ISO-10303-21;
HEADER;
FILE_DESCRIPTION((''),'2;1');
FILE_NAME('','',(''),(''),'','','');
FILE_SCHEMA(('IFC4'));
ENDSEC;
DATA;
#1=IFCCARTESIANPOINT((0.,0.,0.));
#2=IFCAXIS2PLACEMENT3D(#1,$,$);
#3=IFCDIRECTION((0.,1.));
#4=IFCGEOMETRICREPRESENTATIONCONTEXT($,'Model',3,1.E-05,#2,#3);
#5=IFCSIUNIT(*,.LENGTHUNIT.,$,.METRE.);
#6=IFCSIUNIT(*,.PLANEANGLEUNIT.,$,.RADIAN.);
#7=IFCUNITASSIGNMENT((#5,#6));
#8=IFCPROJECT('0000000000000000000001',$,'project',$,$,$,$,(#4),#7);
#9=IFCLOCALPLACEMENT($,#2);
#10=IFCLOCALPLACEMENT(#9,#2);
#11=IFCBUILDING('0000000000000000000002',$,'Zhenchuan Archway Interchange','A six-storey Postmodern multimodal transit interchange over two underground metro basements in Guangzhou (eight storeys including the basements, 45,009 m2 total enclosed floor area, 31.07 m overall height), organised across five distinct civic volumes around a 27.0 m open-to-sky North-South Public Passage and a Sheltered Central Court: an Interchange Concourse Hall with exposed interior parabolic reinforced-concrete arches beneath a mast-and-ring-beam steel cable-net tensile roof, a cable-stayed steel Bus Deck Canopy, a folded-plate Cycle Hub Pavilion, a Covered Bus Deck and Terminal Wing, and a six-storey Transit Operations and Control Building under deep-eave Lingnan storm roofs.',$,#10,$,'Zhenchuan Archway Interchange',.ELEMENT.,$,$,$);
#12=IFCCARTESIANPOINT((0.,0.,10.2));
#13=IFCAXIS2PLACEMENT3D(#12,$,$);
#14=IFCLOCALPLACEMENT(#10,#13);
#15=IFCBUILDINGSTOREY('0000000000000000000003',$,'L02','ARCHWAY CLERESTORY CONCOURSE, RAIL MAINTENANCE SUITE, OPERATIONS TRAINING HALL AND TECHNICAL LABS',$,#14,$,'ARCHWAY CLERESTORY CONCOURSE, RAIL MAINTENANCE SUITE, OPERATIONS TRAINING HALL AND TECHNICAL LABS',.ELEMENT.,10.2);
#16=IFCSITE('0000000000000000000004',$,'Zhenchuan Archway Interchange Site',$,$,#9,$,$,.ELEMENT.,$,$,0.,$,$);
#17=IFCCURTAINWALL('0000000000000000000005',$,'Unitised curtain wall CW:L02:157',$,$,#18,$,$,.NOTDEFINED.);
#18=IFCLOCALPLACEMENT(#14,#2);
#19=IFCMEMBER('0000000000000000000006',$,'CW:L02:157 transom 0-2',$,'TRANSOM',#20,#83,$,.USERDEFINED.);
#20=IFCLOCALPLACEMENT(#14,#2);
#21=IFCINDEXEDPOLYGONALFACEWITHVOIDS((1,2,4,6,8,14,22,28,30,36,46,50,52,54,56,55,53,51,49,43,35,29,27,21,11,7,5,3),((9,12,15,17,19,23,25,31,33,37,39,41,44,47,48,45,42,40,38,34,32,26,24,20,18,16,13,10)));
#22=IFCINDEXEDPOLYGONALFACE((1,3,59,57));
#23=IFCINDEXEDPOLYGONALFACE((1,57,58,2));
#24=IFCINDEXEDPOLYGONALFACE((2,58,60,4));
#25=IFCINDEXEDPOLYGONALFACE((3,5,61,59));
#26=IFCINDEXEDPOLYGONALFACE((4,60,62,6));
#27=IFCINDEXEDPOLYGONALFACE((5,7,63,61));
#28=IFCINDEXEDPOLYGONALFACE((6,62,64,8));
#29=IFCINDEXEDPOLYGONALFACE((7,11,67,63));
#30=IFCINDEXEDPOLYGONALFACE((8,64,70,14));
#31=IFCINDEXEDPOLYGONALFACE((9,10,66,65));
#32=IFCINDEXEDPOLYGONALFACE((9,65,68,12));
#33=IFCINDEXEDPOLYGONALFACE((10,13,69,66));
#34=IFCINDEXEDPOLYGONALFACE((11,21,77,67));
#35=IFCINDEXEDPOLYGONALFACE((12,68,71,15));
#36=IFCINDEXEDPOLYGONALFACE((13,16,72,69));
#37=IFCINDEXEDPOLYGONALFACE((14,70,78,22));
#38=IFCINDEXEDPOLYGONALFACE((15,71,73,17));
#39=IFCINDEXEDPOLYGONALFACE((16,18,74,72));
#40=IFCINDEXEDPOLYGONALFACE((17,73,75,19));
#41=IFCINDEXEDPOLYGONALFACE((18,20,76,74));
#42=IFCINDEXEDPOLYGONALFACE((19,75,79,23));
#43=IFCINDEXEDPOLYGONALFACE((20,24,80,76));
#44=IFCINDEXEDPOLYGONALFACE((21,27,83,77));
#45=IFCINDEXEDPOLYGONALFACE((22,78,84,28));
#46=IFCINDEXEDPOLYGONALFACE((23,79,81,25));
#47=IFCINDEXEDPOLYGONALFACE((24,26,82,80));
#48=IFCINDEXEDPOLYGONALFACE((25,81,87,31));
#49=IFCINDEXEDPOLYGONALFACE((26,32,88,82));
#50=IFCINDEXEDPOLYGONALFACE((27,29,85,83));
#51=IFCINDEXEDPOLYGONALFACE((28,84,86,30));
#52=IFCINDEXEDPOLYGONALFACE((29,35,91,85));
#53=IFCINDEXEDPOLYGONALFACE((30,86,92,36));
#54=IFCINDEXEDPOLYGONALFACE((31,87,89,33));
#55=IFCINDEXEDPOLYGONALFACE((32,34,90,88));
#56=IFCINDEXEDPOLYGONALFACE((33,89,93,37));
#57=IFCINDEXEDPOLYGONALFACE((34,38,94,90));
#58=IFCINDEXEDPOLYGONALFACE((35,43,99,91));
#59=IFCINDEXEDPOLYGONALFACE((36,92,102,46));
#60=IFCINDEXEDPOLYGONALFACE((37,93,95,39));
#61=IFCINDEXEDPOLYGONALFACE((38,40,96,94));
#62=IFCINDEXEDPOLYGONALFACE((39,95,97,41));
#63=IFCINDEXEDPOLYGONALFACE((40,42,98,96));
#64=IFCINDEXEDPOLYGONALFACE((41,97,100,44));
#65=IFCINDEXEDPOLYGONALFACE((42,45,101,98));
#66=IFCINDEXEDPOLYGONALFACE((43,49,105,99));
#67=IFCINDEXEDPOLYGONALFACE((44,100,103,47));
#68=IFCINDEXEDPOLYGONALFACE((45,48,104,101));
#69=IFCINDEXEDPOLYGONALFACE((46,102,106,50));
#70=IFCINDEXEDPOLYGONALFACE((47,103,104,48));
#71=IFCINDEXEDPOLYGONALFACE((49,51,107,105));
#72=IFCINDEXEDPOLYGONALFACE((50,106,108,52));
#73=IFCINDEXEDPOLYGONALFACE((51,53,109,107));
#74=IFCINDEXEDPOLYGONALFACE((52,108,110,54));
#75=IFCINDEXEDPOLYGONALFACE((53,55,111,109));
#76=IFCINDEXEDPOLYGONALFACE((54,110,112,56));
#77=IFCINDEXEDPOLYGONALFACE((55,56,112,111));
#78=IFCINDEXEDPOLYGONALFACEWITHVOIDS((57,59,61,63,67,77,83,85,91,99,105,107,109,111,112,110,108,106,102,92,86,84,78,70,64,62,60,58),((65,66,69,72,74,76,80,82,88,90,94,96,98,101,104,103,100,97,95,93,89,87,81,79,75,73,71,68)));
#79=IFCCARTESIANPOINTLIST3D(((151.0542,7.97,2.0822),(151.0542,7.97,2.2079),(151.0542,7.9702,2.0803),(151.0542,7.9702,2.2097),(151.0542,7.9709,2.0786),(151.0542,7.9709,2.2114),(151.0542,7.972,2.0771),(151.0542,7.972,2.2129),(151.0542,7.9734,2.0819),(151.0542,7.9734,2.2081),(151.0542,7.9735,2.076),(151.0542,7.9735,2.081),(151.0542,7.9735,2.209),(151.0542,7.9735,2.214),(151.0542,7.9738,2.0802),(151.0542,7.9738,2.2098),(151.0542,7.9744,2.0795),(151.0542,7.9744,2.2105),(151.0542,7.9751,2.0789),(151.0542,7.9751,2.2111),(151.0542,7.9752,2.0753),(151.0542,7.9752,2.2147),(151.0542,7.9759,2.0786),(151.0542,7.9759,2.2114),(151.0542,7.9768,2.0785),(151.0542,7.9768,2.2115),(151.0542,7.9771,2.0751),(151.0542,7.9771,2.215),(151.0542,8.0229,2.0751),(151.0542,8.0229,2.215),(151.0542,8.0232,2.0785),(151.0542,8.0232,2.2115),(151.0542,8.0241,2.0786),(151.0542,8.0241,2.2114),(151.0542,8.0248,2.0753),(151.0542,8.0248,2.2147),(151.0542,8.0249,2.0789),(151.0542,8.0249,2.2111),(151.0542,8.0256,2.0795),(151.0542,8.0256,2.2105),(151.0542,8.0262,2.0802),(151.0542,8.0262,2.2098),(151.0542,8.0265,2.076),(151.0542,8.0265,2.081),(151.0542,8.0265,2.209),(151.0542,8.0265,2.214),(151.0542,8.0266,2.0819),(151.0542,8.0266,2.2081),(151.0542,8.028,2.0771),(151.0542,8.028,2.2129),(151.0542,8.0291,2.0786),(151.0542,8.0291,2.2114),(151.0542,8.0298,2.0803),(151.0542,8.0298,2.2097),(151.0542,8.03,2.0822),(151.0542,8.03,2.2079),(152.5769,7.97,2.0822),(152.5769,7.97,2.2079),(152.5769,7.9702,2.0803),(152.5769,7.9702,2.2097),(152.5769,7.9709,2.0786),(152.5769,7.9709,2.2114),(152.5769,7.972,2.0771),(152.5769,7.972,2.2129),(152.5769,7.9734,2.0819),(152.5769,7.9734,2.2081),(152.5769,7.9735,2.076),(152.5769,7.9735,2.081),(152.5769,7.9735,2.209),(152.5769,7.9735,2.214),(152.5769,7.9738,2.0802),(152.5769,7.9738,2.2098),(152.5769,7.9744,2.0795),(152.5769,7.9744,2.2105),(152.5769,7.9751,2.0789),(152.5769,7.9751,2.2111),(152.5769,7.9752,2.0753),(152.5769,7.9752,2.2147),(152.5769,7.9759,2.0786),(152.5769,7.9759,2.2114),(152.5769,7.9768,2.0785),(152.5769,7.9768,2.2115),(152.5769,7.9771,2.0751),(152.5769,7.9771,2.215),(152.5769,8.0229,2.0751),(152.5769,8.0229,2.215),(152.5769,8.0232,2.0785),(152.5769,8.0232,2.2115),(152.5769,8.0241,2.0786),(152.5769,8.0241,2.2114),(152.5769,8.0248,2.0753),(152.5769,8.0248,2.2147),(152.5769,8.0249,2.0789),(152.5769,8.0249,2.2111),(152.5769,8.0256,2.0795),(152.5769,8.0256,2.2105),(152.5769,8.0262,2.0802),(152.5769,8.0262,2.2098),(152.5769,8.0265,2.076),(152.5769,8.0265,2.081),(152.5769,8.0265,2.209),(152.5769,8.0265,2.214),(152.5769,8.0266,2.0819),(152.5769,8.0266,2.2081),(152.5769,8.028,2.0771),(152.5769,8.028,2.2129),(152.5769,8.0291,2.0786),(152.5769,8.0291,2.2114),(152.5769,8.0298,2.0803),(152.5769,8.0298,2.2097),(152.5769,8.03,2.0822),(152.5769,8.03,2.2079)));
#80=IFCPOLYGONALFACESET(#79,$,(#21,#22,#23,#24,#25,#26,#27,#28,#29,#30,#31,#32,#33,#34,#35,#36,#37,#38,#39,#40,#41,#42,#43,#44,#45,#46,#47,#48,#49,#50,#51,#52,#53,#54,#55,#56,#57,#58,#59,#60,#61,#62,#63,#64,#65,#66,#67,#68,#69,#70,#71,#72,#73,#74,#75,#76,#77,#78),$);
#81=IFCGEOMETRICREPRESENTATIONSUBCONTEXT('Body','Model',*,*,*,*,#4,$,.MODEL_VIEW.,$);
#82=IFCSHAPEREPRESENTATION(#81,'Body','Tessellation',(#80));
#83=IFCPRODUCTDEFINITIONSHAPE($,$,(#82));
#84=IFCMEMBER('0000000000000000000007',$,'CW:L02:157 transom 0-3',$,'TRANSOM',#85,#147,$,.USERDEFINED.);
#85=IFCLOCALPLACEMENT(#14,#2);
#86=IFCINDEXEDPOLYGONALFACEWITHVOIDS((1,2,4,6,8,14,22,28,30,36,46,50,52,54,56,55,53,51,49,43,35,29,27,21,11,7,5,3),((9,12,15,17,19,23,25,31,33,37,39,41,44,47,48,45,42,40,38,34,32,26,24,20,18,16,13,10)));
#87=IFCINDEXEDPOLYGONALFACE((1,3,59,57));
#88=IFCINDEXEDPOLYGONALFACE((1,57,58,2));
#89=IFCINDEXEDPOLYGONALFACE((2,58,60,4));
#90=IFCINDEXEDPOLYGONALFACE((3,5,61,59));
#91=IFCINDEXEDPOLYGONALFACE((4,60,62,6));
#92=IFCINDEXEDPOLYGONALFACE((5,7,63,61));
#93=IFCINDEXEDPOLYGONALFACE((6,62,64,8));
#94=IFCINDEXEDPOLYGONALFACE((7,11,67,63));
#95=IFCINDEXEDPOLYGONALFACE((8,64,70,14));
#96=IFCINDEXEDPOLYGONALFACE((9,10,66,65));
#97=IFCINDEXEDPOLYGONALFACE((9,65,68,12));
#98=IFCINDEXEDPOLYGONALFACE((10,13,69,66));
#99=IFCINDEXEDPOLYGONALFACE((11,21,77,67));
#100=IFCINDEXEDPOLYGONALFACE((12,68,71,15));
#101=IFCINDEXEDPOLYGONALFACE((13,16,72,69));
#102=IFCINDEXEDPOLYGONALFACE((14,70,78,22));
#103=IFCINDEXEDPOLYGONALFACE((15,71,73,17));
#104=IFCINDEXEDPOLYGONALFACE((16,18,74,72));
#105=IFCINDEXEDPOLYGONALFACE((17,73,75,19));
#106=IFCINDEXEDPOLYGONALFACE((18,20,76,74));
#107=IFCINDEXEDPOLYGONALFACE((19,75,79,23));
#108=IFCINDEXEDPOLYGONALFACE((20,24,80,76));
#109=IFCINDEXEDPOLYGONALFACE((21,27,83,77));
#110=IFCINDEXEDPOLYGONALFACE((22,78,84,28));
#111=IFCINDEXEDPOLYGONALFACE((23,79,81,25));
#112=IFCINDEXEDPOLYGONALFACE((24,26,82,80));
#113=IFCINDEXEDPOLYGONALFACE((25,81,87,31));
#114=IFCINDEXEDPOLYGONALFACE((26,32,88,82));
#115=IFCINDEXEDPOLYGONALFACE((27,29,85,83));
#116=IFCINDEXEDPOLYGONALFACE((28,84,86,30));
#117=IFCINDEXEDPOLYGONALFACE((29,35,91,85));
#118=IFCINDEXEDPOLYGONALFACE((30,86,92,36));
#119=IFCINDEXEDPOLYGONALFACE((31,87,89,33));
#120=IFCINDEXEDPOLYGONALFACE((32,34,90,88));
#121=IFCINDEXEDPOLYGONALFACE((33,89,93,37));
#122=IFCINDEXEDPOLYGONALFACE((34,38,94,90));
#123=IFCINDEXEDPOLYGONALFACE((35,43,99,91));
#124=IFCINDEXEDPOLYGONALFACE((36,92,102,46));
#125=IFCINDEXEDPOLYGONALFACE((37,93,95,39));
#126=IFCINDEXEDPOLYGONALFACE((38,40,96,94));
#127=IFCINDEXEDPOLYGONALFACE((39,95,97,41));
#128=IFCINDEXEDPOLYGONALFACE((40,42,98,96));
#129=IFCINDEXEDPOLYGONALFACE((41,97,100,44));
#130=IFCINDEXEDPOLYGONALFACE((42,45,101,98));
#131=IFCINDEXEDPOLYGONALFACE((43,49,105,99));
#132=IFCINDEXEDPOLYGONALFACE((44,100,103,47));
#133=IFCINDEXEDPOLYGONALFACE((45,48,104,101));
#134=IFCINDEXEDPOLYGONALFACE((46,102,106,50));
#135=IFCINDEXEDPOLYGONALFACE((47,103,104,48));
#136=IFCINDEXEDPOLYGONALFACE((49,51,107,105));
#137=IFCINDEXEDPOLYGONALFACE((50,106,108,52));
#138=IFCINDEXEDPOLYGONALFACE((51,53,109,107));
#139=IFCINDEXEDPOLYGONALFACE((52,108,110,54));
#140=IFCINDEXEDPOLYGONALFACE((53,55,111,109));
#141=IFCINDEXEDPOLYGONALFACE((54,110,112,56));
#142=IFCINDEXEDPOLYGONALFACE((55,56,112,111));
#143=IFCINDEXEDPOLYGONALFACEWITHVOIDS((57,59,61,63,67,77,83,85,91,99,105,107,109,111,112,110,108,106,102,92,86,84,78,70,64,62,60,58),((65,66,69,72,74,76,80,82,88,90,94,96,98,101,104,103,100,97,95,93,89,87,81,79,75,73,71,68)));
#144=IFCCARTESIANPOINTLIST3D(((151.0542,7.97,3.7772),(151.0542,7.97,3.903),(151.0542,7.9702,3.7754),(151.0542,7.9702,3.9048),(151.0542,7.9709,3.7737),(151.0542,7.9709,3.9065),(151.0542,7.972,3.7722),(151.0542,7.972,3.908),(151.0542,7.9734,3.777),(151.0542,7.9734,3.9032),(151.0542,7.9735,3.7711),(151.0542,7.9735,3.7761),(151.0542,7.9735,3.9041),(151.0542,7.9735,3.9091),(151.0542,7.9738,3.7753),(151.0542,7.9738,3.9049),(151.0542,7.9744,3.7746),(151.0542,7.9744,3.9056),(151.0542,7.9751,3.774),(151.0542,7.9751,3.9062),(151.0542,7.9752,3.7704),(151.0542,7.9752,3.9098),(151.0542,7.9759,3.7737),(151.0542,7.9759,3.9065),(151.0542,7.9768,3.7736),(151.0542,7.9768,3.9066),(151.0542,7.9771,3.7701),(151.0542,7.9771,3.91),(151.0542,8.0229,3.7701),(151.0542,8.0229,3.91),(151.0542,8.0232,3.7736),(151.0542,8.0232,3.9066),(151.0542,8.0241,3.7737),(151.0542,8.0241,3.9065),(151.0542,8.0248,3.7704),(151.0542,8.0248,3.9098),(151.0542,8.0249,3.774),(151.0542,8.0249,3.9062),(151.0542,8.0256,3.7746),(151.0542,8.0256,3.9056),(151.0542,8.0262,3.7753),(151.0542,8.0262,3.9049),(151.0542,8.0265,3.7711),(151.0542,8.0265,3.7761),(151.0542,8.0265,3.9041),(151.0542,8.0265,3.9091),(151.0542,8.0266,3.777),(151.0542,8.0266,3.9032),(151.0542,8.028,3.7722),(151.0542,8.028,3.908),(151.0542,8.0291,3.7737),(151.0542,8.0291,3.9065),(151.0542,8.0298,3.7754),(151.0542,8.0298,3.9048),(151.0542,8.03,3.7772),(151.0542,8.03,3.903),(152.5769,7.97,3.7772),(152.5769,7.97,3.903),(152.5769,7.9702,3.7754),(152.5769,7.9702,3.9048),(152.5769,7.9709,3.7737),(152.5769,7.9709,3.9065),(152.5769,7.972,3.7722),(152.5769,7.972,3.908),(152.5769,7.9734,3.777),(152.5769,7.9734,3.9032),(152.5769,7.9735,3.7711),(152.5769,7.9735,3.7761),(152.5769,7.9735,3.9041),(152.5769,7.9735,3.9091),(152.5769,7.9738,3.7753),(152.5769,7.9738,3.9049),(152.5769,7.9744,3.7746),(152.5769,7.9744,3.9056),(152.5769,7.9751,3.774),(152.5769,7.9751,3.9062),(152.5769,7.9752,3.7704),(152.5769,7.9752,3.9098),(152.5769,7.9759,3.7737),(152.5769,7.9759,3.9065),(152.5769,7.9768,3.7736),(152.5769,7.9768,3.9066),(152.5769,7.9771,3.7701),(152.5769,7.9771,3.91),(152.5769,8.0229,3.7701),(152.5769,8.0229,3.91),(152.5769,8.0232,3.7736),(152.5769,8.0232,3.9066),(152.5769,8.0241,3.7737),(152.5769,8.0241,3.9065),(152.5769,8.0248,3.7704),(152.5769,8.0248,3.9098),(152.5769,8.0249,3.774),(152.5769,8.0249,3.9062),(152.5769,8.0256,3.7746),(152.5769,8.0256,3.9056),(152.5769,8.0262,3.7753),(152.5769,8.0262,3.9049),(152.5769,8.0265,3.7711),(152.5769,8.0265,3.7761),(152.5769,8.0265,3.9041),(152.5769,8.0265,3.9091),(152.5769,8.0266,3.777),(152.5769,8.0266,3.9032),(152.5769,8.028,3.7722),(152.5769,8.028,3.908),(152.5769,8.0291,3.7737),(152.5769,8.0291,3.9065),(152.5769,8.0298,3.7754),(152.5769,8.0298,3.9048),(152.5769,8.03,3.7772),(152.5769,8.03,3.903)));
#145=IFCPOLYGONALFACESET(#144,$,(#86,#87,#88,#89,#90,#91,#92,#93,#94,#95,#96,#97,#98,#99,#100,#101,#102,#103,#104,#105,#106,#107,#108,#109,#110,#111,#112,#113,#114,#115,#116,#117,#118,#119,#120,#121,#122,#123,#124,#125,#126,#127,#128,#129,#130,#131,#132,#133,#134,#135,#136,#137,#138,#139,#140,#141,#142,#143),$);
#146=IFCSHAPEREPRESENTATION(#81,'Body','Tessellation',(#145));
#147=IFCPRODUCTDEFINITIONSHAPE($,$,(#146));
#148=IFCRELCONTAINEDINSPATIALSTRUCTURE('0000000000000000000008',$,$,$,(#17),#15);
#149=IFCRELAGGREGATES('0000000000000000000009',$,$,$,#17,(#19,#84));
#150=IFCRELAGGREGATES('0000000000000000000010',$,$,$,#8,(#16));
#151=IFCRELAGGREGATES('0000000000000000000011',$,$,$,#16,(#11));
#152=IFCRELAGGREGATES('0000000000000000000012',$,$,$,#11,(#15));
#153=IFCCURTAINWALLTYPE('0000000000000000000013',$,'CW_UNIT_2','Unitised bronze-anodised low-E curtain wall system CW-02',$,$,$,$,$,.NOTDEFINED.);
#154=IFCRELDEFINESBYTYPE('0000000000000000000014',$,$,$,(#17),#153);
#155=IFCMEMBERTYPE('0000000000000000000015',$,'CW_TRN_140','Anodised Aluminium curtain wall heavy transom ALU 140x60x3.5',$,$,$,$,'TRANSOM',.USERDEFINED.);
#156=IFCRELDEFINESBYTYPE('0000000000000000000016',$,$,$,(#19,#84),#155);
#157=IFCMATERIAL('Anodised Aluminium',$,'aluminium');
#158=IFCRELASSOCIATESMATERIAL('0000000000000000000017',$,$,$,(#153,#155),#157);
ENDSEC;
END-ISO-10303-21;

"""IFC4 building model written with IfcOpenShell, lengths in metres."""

from ifc_helpers import new_model, si_unit, direction, frame, origin, origin_2d, place, context, subcontext, project, spatial, hollow_rectangle, extrude, material, material_profile, profile_set, type_object, element, aggregate, save


model = new_model("IFC4")

# Units and contexts
model_context = context("Model", 3, precision=1e-05, world=origin(), true_north=direction((0.0, 1.0)))
body_context = subcontext(model_context, "Body", "Model", "MODEL_VIEW")
ifc_project = project(units=[si_unit("LENGTHUNIT", "METRE"), si_unit("PLANEANGLEUNIT", "RADIAN")], contexts=[model_context])

# Site, building, storey
site_placement = place(None, origin())
site = spatial("IfcSite", under=ifc_project, at=site_placement, Name="Zhenchuan Archway Interchange Site", CompositionType="ELEMENT", RefElevation=0.0)
building_placement = place(site_placement, origin())
building = spatial("IfcBuilding", under=site, at=building_placement, Name="Zhenchuan Archway Interchange", Description="A six-storey Postmodern multimodal transit interchange over two underground metro basements in Guangzhou (eight storeys including the basements, 45,009 m2 total enclosed floor area, 31.07 m overall height), organised across five distinct civic volumes around a 27.0 m open-to-sky North-South Public Passage and a Sheltered Central Court: an Interchange Concourse Hall with exposed interior parabolic reinforced-concrete arches beneath a mast-and-ring-beam steel cable-net tensile roof, a cable-stayed steel Bus Deck Canopy, a folded-plate Cycle Hub Pavilion, a Covered Bus Deck and Terminal Wing, and a six-storey Transit Operations and Control Building under deep-eave Lingnan storm roofs.", LongName="Zhenchuan Archway Interchange", CompositionType="ELEMENT")
storey_placement = place(building_placement, frame((0.0, 0.0, 10.2)))
storey = spatial("IfcBuildingStorey", under=building, at=storey_placement, Name="L02", Description="ARCHWAY CLERESTORY CONCOURSE, RAIL MAINTENANCE SUITE, OPERATIONS TRAINING HALL AND TECHNICAL LABS", LongName="ARCHWAY CLERESTORY CONCOURSE, RAIL MAINTENANCE SUITE, OPERATIONS TRAINING HALL AND TECHNICAL LABS", CompositionType="ELEMENT", Elevation=10.2)

# Curtain wall, members
ifc_material_1 = material(Name="Anodised Aluminium", Category="aluminium")
curtain_wall_type = type_object("IfcCurtainWallType", Name="CW_UNIT_2", Description="Unitised bronze-anodised low-E curtain wall system CW-02", PredefinedType="NOTDEFINED", material=ifc_material_1)
curtain_wall_placement = place(storey_placement, origin())
curtain_wall = element("IfcCurtainWall", 1, at=curtain_wall_placement, inside=storey, type_object=curtain_wall_type, Name="Unitised curtain wall CW:L02:157", PredefinedType="NOTDEFINED")
ifc_material_profile_1 = material_profile(ifc_material_1, hollow_rectangle(XDim=0.0601, YDim=0.1399, WallThickness=0.0034, InnerFilletRadius=0.0034, OuterFilletRadius=0.0071, at=origin_2d()), Name="ALU 140x60x3.5")
ifc_profile_set_1 = profile_set([ifc_material_profile_1], Name="Anodised Aluminium")
member_type_1 = type_object("IfcMemberType", Name="CW_TRN_140", Description="Anodised Aluminium curtain wall heavy transom ALU 140x60x3.5", ElementType="TRANSOM", PredefinedType="USERDEFINED", material=ifc_profile_set_1)
member_1_placement = place(storey_placement, frame((152.5769, 8.0, 2.145), z_axis=(-1.0, 0.0, 0.0), x_axis=(0.0, -1.0, 0.0)))
member_1 = element("IfcMember", 2, at=member_1_placement, type_object=member_type_1, Name="CW:L02:157 transom 0-2", ObjectType="TRANSOM", PredefinedType="USERDEFINED", context=body_context, shape_type="SweptSolid", body=[
    extrude(hollow_rectangle(XDim=0.0601, YDim=0.1399, WallThickness=0.0034, InnerFilletRadius=0.0034, OuterFilletRadius=0.0071, at=origin_2d()), origin(), (0.0, 0.0, 1.0), 1.5227),
])
member_2_placement = place(storey_placement, frame((152.5769, 8.0, 3.8401), z_axis=(-1.0, 0.0, 0.0), x_axis=(0.0, -1.0, 0.0)))
member_2 = element("IfcMember", 3, at=member_2_placement, type_object=member_type_1, Name="CW:L02:157 transom 0-3", ObjectType="TRANSOM", PredefinedType="USERDEFINED", context=body_context, shape_type="SweptSolid", body=[
    extrude(hollow_rectangle(XDim=0.0601, YDim=0.1399, WallThickness=0.0034, InnerFilletRadius=0.0034, OuterFilletRadius=0.0071, at=origin_2d()), origin(), (0.0, 0.0, 1.0), 1.5227),
])

aggregate(curtain_wall, [member_1, member_2])

save(model, "model.ifc")
